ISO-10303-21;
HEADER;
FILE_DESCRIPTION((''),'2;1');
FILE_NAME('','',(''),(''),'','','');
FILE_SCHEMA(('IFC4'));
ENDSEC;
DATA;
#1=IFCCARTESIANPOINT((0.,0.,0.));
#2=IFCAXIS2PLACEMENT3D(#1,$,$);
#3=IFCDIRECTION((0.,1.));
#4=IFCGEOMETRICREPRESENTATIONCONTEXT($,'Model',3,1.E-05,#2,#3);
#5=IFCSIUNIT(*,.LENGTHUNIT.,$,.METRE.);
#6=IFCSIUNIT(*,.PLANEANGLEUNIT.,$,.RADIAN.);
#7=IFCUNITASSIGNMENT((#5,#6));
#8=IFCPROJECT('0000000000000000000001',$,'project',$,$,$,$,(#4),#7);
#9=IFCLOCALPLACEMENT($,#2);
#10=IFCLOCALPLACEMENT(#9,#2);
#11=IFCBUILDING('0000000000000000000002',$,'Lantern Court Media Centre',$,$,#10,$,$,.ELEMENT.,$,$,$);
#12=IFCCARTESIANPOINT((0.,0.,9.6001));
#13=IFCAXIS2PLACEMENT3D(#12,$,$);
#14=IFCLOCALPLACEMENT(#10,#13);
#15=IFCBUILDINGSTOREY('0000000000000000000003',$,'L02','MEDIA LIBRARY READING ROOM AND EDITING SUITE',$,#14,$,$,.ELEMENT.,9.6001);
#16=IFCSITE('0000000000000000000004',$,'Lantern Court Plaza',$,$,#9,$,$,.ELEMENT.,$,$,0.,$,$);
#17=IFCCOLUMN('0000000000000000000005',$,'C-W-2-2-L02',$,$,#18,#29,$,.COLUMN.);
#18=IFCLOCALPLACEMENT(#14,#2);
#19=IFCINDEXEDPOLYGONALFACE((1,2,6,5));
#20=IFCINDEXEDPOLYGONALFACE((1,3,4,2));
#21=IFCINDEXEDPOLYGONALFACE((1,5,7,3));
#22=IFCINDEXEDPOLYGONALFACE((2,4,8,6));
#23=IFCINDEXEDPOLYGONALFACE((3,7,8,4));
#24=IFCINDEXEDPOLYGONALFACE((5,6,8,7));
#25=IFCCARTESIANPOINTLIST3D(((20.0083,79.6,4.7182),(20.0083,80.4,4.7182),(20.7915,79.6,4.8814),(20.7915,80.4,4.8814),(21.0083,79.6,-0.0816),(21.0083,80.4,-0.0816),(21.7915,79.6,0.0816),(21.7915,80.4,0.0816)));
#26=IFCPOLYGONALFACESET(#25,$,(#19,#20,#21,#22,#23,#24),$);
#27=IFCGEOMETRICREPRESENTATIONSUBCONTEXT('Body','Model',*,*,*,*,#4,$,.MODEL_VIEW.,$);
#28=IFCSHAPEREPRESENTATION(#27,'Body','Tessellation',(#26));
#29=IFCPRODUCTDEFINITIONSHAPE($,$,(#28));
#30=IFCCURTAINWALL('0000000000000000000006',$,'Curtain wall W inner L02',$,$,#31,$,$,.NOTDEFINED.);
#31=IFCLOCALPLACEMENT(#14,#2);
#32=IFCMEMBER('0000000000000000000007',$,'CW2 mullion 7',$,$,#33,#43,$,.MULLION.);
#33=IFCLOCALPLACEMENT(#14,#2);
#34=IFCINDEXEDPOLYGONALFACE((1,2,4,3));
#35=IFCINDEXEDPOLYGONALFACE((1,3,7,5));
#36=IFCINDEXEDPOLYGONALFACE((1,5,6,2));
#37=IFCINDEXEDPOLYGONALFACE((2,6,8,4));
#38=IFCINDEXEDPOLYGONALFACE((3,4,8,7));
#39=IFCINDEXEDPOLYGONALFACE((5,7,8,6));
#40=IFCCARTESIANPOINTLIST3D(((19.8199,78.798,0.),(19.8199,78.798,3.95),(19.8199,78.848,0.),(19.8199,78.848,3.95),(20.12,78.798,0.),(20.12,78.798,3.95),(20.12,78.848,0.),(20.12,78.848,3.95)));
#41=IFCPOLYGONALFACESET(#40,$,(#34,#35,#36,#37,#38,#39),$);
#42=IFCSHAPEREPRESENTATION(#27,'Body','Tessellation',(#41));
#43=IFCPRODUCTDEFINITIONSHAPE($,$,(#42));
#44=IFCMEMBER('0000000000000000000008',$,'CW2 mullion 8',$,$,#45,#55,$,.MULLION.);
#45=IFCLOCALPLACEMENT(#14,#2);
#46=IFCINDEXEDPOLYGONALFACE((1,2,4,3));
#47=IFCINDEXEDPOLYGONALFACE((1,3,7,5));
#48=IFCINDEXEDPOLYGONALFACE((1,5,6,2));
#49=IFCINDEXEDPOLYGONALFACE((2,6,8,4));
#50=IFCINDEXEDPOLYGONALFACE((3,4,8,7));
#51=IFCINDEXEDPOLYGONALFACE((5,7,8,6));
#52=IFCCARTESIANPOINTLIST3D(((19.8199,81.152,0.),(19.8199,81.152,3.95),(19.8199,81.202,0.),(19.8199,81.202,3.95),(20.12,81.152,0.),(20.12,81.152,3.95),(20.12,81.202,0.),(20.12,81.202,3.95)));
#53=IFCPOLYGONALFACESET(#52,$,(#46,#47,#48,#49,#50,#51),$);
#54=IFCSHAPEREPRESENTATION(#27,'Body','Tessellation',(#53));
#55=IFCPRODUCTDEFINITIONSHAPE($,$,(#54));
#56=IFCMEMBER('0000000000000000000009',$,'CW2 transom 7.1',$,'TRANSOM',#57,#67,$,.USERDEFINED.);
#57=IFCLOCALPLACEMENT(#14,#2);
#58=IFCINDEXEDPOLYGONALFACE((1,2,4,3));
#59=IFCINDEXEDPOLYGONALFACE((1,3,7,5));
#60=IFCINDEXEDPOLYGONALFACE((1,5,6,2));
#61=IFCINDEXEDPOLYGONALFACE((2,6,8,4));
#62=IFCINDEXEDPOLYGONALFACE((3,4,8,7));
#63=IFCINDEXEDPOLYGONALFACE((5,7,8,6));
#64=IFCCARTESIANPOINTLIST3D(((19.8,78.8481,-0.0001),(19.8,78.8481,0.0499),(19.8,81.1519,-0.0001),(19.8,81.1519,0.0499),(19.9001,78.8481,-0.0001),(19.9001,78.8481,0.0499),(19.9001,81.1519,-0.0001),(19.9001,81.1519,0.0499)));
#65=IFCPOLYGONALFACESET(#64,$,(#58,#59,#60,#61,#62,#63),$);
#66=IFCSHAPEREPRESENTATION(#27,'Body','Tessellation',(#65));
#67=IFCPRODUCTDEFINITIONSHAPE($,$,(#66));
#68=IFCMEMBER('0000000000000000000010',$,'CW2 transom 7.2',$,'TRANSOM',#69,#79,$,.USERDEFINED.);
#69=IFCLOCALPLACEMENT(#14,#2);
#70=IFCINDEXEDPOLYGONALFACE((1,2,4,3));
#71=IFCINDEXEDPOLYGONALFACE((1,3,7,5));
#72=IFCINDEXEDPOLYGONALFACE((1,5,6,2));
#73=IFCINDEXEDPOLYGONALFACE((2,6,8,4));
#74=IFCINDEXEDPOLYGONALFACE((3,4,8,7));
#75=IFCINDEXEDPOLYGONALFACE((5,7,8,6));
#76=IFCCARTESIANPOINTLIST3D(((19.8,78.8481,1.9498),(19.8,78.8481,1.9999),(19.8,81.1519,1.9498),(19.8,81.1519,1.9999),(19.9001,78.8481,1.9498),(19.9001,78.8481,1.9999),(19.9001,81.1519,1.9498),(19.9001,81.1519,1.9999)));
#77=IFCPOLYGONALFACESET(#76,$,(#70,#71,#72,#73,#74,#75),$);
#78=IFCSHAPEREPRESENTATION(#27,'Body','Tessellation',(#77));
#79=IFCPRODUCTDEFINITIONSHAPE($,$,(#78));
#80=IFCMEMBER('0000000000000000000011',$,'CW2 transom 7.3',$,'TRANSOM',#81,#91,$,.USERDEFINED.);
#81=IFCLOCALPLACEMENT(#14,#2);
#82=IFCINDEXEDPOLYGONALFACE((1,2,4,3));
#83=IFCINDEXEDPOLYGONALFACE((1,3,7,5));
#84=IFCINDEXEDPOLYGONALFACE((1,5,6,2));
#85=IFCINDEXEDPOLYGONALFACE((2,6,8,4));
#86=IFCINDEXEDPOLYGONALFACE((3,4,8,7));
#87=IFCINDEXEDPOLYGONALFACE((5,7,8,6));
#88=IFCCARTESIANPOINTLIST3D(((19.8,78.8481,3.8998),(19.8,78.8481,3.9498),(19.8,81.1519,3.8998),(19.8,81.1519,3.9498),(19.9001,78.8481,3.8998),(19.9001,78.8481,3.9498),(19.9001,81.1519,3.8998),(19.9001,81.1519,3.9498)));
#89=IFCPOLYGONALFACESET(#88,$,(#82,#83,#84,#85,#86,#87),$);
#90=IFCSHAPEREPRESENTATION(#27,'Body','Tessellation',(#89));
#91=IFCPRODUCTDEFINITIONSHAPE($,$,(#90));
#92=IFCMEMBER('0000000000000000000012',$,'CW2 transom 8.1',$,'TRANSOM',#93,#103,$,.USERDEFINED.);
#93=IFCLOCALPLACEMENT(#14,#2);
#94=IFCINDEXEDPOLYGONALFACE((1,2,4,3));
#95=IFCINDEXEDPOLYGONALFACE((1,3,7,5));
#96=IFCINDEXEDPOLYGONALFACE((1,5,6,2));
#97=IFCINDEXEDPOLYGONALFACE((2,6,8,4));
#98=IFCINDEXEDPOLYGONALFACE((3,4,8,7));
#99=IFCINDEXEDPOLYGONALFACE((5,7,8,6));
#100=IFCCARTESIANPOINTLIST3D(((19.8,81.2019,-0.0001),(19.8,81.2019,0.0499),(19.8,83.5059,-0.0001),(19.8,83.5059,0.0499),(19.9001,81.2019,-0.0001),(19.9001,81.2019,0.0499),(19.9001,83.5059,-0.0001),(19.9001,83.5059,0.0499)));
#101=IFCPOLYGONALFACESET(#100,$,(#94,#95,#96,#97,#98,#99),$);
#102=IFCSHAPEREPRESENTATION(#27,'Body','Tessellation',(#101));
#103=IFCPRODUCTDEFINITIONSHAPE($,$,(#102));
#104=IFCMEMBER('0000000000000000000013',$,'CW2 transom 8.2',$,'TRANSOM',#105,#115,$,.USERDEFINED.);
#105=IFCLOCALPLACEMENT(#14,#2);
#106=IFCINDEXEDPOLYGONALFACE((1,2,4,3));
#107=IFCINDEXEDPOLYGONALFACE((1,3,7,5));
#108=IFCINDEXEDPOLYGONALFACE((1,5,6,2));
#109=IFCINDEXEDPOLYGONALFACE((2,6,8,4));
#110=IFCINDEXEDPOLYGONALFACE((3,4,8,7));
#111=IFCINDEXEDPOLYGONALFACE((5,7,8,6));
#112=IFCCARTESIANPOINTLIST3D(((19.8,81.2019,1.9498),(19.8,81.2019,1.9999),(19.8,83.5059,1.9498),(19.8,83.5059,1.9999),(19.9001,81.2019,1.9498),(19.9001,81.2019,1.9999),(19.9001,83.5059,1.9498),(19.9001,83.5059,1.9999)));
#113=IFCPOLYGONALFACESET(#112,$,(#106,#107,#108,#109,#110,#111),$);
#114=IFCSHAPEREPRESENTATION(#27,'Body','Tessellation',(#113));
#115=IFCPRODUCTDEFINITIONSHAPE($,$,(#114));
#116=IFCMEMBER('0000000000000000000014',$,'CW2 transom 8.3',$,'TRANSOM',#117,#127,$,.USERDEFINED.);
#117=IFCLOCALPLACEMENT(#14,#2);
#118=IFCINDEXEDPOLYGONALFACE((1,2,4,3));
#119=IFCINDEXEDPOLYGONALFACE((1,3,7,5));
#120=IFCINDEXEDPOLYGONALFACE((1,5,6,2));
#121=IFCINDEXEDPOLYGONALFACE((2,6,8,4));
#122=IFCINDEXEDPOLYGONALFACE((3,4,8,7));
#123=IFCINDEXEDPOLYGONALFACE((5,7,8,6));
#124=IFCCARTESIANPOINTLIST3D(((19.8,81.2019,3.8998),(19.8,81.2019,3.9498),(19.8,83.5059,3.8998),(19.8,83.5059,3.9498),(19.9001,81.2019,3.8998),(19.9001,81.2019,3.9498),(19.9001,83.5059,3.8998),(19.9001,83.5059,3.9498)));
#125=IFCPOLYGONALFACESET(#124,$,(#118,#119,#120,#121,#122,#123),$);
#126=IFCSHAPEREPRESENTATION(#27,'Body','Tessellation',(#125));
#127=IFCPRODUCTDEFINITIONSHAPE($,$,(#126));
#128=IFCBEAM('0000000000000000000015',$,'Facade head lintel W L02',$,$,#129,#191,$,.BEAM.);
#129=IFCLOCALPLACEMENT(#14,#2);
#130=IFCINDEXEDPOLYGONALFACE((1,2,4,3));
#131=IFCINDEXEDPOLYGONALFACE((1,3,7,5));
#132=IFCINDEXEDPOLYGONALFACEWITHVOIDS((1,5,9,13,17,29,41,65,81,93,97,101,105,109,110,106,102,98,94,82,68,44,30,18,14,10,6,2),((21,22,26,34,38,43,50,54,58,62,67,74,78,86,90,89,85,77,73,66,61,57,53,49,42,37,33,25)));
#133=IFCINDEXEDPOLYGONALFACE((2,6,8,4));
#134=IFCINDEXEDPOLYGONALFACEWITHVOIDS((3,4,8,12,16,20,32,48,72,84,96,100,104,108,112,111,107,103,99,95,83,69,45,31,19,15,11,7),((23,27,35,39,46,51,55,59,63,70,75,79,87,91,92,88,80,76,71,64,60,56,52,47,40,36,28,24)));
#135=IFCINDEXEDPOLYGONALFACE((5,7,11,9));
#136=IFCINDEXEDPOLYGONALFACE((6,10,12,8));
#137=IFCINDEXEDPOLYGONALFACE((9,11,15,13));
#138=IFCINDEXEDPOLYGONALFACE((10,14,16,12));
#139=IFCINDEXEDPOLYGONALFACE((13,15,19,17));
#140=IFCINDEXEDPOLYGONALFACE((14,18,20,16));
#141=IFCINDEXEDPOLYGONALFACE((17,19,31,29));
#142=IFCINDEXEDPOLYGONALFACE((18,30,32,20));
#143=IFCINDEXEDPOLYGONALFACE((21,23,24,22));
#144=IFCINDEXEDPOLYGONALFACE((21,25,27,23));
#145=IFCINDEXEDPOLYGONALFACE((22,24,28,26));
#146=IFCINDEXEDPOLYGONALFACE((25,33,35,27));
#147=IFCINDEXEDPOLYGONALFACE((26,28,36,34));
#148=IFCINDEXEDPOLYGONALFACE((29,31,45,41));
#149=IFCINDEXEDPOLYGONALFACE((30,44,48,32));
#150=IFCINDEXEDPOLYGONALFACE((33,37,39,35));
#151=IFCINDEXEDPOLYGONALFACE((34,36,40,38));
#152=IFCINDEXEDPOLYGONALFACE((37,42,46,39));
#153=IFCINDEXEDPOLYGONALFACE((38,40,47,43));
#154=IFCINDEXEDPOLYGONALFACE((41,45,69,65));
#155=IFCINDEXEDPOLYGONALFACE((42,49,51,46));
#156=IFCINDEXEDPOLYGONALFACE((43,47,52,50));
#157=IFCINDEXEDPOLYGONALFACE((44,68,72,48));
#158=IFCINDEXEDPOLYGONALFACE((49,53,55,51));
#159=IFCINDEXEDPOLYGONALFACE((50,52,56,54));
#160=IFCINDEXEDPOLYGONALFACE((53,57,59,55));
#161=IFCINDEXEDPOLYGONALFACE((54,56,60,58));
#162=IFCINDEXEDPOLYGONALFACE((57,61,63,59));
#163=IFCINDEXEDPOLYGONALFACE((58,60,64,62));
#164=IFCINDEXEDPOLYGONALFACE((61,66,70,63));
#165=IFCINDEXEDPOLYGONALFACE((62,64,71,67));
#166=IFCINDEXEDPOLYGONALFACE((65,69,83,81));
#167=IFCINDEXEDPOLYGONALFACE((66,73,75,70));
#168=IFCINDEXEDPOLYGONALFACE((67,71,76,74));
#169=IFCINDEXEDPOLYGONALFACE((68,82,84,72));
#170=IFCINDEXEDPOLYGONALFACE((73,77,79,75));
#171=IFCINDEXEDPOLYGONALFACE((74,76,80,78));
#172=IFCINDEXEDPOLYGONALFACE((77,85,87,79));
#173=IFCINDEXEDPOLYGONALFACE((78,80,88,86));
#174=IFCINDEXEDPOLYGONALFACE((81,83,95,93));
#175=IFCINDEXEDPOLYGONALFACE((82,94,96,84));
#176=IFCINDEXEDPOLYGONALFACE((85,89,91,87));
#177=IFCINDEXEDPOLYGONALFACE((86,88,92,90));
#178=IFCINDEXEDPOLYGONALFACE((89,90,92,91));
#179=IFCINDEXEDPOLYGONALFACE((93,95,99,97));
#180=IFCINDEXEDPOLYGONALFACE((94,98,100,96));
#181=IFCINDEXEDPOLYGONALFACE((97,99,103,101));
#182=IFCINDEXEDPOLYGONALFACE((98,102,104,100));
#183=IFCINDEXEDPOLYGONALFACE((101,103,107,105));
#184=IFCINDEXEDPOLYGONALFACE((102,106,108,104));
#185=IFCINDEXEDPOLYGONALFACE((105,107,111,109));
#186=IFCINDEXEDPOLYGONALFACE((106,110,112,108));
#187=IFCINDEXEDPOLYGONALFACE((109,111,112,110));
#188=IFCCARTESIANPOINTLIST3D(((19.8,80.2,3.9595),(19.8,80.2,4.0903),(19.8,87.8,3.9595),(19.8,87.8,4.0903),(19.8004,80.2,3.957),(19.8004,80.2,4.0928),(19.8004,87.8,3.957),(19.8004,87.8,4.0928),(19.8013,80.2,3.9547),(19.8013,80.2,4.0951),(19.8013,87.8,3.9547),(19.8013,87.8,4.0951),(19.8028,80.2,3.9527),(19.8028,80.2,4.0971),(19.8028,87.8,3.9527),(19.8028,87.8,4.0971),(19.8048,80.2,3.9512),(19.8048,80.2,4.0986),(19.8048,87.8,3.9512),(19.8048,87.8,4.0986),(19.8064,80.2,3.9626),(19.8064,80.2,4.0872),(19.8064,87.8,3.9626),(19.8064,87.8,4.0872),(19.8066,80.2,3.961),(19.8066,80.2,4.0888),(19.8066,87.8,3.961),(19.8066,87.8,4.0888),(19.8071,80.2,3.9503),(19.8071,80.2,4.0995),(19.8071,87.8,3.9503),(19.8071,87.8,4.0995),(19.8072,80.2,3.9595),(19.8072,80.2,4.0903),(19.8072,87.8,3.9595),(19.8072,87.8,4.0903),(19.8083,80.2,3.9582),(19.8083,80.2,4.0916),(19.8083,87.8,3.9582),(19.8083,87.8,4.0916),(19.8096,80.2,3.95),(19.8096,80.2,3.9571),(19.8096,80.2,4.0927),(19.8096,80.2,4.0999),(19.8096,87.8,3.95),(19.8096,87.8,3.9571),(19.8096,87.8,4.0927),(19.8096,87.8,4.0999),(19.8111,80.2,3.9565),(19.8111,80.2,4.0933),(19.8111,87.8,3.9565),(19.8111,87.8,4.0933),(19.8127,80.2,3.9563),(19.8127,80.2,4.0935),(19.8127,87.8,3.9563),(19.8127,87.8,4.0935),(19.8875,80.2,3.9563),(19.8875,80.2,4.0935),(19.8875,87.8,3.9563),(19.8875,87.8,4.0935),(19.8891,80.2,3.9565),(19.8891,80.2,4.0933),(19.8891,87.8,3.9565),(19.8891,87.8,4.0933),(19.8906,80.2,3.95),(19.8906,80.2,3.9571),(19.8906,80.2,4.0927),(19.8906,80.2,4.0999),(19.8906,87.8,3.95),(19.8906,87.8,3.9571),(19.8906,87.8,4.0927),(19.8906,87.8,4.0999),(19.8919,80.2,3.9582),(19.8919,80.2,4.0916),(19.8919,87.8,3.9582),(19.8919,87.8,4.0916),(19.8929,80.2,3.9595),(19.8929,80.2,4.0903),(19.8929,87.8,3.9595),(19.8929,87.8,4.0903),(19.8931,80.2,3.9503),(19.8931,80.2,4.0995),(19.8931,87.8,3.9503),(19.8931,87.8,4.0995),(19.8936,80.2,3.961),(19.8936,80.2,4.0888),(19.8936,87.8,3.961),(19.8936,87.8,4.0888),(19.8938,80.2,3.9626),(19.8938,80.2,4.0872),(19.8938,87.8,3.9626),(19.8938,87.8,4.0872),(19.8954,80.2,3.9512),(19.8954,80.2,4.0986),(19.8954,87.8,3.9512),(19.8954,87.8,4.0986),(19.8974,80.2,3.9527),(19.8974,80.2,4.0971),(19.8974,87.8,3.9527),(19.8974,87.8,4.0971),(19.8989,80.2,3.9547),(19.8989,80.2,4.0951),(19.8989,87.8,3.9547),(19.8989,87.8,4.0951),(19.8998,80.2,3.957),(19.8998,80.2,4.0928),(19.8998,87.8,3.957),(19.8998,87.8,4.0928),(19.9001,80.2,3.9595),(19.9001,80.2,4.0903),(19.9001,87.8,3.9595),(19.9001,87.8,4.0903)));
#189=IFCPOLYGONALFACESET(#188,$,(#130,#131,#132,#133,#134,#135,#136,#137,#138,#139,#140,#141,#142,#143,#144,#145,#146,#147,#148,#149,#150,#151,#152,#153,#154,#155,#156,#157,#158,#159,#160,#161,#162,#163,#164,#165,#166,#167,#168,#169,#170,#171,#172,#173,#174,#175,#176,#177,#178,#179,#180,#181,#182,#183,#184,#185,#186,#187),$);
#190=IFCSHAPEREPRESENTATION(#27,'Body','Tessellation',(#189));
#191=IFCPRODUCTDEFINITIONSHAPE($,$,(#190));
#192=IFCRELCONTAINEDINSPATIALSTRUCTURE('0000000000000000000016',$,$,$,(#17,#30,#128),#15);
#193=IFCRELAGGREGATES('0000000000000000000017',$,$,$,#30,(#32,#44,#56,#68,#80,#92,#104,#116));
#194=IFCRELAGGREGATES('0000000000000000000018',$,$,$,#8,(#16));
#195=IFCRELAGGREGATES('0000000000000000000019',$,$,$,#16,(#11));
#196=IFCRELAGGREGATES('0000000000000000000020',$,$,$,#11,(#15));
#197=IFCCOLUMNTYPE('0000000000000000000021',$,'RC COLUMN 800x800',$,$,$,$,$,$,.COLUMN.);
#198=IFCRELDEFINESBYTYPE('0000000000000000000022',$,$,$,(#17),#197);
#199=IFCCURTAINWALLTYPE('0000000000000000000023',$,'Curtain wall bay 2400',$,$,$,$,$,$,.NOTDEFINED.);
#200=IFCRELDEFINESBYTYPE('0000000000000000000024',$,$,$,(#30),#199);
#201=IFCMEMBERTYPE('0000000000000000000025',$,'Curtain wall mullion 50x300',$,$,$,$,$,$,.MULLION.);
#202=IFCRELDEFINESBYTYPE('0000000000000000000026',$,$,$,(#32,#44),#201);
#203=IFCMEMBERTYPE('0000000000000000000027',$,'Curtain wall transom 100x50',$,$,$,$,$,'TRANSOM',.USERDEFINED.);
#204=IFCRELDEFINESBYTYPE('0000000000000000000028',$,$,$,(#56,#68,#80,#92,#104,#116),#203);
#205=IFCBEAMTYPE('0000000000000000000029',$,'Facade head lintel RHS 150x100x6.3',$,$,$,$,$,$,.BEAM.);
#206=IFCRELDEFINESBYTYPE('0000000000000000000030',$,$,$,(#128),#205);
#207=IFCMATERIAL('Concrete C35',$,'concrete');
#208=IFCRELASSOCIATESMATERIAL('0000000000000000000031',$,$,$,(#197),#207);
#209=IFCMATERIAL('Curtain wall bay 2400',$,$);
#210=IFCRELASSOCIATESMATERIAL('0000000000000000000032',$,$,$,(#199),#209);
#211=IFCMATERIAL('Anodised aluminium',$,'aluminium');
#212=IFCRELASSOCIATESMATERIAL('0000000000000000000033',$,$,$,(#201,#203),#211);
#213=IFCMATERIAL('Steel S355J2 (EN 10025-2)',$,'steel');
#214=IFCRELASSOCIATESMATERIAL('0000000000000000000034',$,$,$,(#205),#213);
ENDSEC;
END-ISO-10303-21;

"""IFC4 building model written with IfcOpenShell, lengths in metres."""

from ifc_helpers import new_model, si_unit, direction, frame, origin, origin_2d, place, context, subcontext, project, spatial, rectangle, hollow_rectangle, extrude, material, material_profile, profile_set, type_object, element, aggregate, save


model = new_model("IFC4")

# Units and contexts
model_context = context("Model", 3, precision=1e-05, world=origin(), true_north=direction((0.0, 1.0)))
body_context = subcontext(model_context, "Body", "Model", "MODEL_VIEW")
ifc_project = project(units=[si_unit("LENGTHUNIT", "METRE"), si_unit("PLANEANGLEUNIT", "RADIAN")], contexts=[model_context])

# Site, building, storey
site_placement = place(None, origin())
site = spatial("IfcSite", under=ifc_project, at=site_placement, Name="Lantern Court Plaza", CompositionType="ELEMENT", RefElevation=0.0)
building_placement = place(site_placement, origin())
building = spatial("IfcBuilding", under=site, at=building_placement, Name="Lantern Court Media Centre", CompositionType="ELEMENT")
storey_placement = place(building_placement, frame((0.0, 0.0, 9.6001)))
storey = spatial("IfcBuildingStorey", under=building, at=storey_placement, Name="L02", Description="MEDIA LIBRARY READING ROOM AND EDITING SUITE", CompositionType="ELEMENT", Elevation=9.6001)

# Column
ifc_material_1 = material(Name="Concrete C35", Category="concrete")
ifc_material_profile_1 = material_profile(ifc_material_1, rectangle(XDim=0.8, YDim=0.8, at=origin_2d()), Name="RC 800x800")
ifc_profile_set_1 = profile_set([ifc_material_profile_1], Name="Concrete C35")
column_type = type_object("IfcColumnType", Name="RC COLUMN 800x800", PredefinedType="COLUMN", material=ifc_profile_set_1)
column_placement = place(storey_placement, frame((21.3999, 80.0, 0.0), z_axis=(-0.203962, 0.0, 0.978979), x_axis=(0.0, -1.0, 0.0)))
element("IfcColumn", 1, at=column_placement, inside=storey, type_object=column_type, Name="C-W-2-2-L02", PredefinedType="COLUMN", context=body_context, shape_type="SweptSolid", body=[
    extrude(rectangle(XDim=0.8, YDim=0.8, at=origin_2d()), origin(), (0.0, 0.0, 1.0), 4.9028),
])

# Curtain wall, members
ifc_material_2 = material(Name="Curtain wall bay 2400")
curtain_wall_type = type_object("IfcCurtainWallType", Name="Curtain wall bay 2400", PredefinedType="NOTDEFINED", material=ifc_material_2)
curtain_wall_placement = place(storey_placement, origin())
curtain_wall = element("IfcCurtainWall", 2, at=curtain_wall_placement, inside=storey, type_object=curtain_wall_type, Name="Curtain wall W inner L02", PredefinedType="NOTDEFINED")
ifc_material_3 = material(Name="Anodised aluminium", Category="aluminium")
ifc_material_profile_2 = material_profile(ifc_material_3, rectangle(XDim=0.3, YDim=0.05, at=origin_2d()), Name="AL 50x300")
ifc_profile_set_2 = profile_set([ifc_material_profile_2], Name="Anodised aluminium")
member_type_1 = type_object("IfcMemberType", Name="Curtain wall mullion 50x300", PredefinedType="MULLION", material=ifc_profile_set_2)
member_1_placement = place(storey_placement, frame((19.97, 78.823, 0.0), z_axis=(0.0, 0.0, 1.0), x_axis=(-1.0, 0.0, 0.0)))
member_1 = element("IfcMember", 3, at=member_1_placement, type_object=member_type_1, Name="CW2 mullion 7", PredefinedType="MULLION", context=body_context, shape_type="SweptSolid", body=[
    extrude(rectangle(XDim=0.3, YDim=0.05, at=origin_2d()), origin(), (0.0, 0.0, 1.0), 3.95),
])
member_2_placement = place(storey_placement, frame((19.97, 81.177, 0.0), z_axis=(0.0, 0.0, 1.0), x_axis=(-1.0, 0.0, 0.0)))
member_2 = element("IfcMember", 4, at=member_2_placement, type_object=member_type_1, Name="CW2 mullion 8", PredefinedType="MULLION", context=body_context, shape_type="SweptSolid", body=[
    extrude(rectangle(XDim=0.3, YDim=0.05, at=origin_2d()), origin(), (0.0, 0.0, 1.0), 3.95),
])
ifc_material_profile_3 = material_profile(ifc_material_3, rectangle(XDim=0.1001, YDim=0.05, at=origin_2d()), Name="AL 50x100")
ifc_profile_set_3 = profile_set([ifc_material_profile_3], Name="Anodised aluminium")
member_type_2 = type_object("IfcMemberType", Name="Curtain wall transom 100x50", ElementType="TRANSOM", PredefinedType="USERDEFINED", material=ifc_profile_set_3)
member_3_placement = place(storey_placement, frame((19.8501, 78.8481, 0.0249), z_axis=(0.0, 1.0, 0.0), x_axis=(-1.0, 0.0, 0.0)))
member_3 = element("IfcMember", 5, at=member_3_placement, type_object=member_type_2, Name="CW2 transom 7.1", ObjectType="TRANSOM", PredefinedType="USERDEFINED", context=body_context, shape_type="SweptSolid", body=[
    extrude(rectangle(XDim=0.1001, YDim=0.05, at=origin_2d()), origin(), (0.0, 0.0, 1.0), 2.3037),
])
member_4_placement = place(storey_placement, frame((19.8501, 78.8481, 1.9749), z_axis=(0.0, 1.0, 0.0), x_axis=(-1.0, 0.0, 0.0)))
member_4 = element("IfcMember", 6, at=member_4_placement, type_object=member_type_2, Name="CW2 transom 7.2", ObjectType="TRANSOM", PredefinedType="USERDEFINED", context=body_context, shape_type="SweptSolid", body=[
    extrude(rectangle(XDim=0.1001, YDim=0.05, at=origin_2d()), origin(), (0.0, 0.0, 1.0), 2.3037),
])
member_5_placement = place(storey_placement, frame((19.8501, 78.8481, 3.9248), z_axis=(0.0, 1.0, 0.0), x_axis=(-1.0, 0.0, 0.0)))
member_5 = element("IfcMember", 7, at=member_5_placement, type_object=member_type_2, Name="CW2 transom 7.3", ObjectType="TRANSOM", PredefinedType="USERDEFINED", context=body_context, shape_type="SweptSolid", body=[
    extrude(rectangle(XDim=0.1001, YDim=0.05, at=origin_2d()), origin(), (0.0, 0.0, 1.0), 2.3037),
])
member_6_placement = place(storey_placement, frame((19.8501, 81.2019, 0.0249), z_axis=(0.0, 1.0, 0.0), x_axis=(-1.0, 0.0, 0.0)))
member_6 = element("IfcMember", 8, at=member_6_placement, type_object=member_type_2, Name="CW2 transom 8.1", ObjectType="TRANSOM", PredefinedType="USERDEFINED", context=body_context, shape_type="SweptSolid", body=[
    extrude(rectangle(XDim=0.1001, YDim=0.05, at=origin_2d()), origin(), (0.0, 0.0, 1.0), 2.304),
])
member_7_placement = place(storey_placement, frame((19.8501, 81.2019, 1.9749), z_axis=(0.0, 1.0, 0.0), x_axis=(-1.0, 0.0, 0.0)))
member_7 = element("IfcMember", 9, at=member_7_placement, type_object=member_type_2, Name="CW2 transom 8.2", ObjectType="TRANSOM", PredefinedType="USERDEFINED", context=body_context, shape_type="SweptSolid", body=[
    extrude(rectangle(XDim=0.1001, YDim=0.05, at=origin_2d()), origin(), (0.0, 0.0, 1.0), 2.304),
])
member_8_placement = place(storey_placement, frame((19.8501, 81.2019, 3.9248), z_axis=(0.0, 1.0, 0.0), x_axis=(-1.0, 0.0, 0.0)))
member_8 = element("IfcMember", 10, at=member_8_placement, type_object=member_type_2, Name="CW2 transom 8.3", ObjectType="TRANSOM", PredefinedType="USERDEFINED", context=body_context, shape_type="SweptSolid", body=[
    extrude(rectangle(XDim=0.1001, YDim=0.05, at=origin_2d()), origin(), (0.0, 0.0, 1.0), 2.304),
])

# Beam
ifc_material_4 = material(Name="Steel S355J2 (EN 10025-2)", Category="steel")
ifc_material_profile_4 = material_profile(ifc_material_4, hollow_rectangle(XDim=0.1001, YDim=0.1499, WallThickness=0.0063, InnerFilletRadius=0.0063, OuterFilletRadius=0.0095, at=origin_2d()), Name="Facade head lintel RHS 150x100x6.3")
ifc_profile_set_4 = profile_set([ifc_material_profile_4], Name="Steel S355J2 (EN 10025-2)")
beam_type_1 = type_object("IfcBeamType", Name="Facade head lintel RHS 150x100x6.3", PredefinedType="BEAM", material=ifc_profile_set_4)
beam_1_placement = place(storey_placement, frame((19.8501, 80.2, 4.0249), z_axis=(0.0, 1.0, 0.0), x_axis=(-1.0, 0.0, 0.0)))
element("IfcBeam", 11, at=beam_1_placement, inside=storey, type_object=beam_type_1, Name="Facade head lintel W L02", PredefinedType="BEAM", context=body_context, shape_type="SweptSolid", body=[
    extrude(hollow_rectangle(XDim=0.1001, YDim=0.1499, WallThickness=0.0063, InnerFilletRadius=0.0063, OuterFilletRadius=0.0095, at=origin_2d()), origin(), (0.0, 0.0, 1.0), 7.6001),
])

aggregate(curtain_wall, [member_1, member_2, member_3, member_4, member_5, member_6, member_7, member_8])

save(model, "model.ifc")
